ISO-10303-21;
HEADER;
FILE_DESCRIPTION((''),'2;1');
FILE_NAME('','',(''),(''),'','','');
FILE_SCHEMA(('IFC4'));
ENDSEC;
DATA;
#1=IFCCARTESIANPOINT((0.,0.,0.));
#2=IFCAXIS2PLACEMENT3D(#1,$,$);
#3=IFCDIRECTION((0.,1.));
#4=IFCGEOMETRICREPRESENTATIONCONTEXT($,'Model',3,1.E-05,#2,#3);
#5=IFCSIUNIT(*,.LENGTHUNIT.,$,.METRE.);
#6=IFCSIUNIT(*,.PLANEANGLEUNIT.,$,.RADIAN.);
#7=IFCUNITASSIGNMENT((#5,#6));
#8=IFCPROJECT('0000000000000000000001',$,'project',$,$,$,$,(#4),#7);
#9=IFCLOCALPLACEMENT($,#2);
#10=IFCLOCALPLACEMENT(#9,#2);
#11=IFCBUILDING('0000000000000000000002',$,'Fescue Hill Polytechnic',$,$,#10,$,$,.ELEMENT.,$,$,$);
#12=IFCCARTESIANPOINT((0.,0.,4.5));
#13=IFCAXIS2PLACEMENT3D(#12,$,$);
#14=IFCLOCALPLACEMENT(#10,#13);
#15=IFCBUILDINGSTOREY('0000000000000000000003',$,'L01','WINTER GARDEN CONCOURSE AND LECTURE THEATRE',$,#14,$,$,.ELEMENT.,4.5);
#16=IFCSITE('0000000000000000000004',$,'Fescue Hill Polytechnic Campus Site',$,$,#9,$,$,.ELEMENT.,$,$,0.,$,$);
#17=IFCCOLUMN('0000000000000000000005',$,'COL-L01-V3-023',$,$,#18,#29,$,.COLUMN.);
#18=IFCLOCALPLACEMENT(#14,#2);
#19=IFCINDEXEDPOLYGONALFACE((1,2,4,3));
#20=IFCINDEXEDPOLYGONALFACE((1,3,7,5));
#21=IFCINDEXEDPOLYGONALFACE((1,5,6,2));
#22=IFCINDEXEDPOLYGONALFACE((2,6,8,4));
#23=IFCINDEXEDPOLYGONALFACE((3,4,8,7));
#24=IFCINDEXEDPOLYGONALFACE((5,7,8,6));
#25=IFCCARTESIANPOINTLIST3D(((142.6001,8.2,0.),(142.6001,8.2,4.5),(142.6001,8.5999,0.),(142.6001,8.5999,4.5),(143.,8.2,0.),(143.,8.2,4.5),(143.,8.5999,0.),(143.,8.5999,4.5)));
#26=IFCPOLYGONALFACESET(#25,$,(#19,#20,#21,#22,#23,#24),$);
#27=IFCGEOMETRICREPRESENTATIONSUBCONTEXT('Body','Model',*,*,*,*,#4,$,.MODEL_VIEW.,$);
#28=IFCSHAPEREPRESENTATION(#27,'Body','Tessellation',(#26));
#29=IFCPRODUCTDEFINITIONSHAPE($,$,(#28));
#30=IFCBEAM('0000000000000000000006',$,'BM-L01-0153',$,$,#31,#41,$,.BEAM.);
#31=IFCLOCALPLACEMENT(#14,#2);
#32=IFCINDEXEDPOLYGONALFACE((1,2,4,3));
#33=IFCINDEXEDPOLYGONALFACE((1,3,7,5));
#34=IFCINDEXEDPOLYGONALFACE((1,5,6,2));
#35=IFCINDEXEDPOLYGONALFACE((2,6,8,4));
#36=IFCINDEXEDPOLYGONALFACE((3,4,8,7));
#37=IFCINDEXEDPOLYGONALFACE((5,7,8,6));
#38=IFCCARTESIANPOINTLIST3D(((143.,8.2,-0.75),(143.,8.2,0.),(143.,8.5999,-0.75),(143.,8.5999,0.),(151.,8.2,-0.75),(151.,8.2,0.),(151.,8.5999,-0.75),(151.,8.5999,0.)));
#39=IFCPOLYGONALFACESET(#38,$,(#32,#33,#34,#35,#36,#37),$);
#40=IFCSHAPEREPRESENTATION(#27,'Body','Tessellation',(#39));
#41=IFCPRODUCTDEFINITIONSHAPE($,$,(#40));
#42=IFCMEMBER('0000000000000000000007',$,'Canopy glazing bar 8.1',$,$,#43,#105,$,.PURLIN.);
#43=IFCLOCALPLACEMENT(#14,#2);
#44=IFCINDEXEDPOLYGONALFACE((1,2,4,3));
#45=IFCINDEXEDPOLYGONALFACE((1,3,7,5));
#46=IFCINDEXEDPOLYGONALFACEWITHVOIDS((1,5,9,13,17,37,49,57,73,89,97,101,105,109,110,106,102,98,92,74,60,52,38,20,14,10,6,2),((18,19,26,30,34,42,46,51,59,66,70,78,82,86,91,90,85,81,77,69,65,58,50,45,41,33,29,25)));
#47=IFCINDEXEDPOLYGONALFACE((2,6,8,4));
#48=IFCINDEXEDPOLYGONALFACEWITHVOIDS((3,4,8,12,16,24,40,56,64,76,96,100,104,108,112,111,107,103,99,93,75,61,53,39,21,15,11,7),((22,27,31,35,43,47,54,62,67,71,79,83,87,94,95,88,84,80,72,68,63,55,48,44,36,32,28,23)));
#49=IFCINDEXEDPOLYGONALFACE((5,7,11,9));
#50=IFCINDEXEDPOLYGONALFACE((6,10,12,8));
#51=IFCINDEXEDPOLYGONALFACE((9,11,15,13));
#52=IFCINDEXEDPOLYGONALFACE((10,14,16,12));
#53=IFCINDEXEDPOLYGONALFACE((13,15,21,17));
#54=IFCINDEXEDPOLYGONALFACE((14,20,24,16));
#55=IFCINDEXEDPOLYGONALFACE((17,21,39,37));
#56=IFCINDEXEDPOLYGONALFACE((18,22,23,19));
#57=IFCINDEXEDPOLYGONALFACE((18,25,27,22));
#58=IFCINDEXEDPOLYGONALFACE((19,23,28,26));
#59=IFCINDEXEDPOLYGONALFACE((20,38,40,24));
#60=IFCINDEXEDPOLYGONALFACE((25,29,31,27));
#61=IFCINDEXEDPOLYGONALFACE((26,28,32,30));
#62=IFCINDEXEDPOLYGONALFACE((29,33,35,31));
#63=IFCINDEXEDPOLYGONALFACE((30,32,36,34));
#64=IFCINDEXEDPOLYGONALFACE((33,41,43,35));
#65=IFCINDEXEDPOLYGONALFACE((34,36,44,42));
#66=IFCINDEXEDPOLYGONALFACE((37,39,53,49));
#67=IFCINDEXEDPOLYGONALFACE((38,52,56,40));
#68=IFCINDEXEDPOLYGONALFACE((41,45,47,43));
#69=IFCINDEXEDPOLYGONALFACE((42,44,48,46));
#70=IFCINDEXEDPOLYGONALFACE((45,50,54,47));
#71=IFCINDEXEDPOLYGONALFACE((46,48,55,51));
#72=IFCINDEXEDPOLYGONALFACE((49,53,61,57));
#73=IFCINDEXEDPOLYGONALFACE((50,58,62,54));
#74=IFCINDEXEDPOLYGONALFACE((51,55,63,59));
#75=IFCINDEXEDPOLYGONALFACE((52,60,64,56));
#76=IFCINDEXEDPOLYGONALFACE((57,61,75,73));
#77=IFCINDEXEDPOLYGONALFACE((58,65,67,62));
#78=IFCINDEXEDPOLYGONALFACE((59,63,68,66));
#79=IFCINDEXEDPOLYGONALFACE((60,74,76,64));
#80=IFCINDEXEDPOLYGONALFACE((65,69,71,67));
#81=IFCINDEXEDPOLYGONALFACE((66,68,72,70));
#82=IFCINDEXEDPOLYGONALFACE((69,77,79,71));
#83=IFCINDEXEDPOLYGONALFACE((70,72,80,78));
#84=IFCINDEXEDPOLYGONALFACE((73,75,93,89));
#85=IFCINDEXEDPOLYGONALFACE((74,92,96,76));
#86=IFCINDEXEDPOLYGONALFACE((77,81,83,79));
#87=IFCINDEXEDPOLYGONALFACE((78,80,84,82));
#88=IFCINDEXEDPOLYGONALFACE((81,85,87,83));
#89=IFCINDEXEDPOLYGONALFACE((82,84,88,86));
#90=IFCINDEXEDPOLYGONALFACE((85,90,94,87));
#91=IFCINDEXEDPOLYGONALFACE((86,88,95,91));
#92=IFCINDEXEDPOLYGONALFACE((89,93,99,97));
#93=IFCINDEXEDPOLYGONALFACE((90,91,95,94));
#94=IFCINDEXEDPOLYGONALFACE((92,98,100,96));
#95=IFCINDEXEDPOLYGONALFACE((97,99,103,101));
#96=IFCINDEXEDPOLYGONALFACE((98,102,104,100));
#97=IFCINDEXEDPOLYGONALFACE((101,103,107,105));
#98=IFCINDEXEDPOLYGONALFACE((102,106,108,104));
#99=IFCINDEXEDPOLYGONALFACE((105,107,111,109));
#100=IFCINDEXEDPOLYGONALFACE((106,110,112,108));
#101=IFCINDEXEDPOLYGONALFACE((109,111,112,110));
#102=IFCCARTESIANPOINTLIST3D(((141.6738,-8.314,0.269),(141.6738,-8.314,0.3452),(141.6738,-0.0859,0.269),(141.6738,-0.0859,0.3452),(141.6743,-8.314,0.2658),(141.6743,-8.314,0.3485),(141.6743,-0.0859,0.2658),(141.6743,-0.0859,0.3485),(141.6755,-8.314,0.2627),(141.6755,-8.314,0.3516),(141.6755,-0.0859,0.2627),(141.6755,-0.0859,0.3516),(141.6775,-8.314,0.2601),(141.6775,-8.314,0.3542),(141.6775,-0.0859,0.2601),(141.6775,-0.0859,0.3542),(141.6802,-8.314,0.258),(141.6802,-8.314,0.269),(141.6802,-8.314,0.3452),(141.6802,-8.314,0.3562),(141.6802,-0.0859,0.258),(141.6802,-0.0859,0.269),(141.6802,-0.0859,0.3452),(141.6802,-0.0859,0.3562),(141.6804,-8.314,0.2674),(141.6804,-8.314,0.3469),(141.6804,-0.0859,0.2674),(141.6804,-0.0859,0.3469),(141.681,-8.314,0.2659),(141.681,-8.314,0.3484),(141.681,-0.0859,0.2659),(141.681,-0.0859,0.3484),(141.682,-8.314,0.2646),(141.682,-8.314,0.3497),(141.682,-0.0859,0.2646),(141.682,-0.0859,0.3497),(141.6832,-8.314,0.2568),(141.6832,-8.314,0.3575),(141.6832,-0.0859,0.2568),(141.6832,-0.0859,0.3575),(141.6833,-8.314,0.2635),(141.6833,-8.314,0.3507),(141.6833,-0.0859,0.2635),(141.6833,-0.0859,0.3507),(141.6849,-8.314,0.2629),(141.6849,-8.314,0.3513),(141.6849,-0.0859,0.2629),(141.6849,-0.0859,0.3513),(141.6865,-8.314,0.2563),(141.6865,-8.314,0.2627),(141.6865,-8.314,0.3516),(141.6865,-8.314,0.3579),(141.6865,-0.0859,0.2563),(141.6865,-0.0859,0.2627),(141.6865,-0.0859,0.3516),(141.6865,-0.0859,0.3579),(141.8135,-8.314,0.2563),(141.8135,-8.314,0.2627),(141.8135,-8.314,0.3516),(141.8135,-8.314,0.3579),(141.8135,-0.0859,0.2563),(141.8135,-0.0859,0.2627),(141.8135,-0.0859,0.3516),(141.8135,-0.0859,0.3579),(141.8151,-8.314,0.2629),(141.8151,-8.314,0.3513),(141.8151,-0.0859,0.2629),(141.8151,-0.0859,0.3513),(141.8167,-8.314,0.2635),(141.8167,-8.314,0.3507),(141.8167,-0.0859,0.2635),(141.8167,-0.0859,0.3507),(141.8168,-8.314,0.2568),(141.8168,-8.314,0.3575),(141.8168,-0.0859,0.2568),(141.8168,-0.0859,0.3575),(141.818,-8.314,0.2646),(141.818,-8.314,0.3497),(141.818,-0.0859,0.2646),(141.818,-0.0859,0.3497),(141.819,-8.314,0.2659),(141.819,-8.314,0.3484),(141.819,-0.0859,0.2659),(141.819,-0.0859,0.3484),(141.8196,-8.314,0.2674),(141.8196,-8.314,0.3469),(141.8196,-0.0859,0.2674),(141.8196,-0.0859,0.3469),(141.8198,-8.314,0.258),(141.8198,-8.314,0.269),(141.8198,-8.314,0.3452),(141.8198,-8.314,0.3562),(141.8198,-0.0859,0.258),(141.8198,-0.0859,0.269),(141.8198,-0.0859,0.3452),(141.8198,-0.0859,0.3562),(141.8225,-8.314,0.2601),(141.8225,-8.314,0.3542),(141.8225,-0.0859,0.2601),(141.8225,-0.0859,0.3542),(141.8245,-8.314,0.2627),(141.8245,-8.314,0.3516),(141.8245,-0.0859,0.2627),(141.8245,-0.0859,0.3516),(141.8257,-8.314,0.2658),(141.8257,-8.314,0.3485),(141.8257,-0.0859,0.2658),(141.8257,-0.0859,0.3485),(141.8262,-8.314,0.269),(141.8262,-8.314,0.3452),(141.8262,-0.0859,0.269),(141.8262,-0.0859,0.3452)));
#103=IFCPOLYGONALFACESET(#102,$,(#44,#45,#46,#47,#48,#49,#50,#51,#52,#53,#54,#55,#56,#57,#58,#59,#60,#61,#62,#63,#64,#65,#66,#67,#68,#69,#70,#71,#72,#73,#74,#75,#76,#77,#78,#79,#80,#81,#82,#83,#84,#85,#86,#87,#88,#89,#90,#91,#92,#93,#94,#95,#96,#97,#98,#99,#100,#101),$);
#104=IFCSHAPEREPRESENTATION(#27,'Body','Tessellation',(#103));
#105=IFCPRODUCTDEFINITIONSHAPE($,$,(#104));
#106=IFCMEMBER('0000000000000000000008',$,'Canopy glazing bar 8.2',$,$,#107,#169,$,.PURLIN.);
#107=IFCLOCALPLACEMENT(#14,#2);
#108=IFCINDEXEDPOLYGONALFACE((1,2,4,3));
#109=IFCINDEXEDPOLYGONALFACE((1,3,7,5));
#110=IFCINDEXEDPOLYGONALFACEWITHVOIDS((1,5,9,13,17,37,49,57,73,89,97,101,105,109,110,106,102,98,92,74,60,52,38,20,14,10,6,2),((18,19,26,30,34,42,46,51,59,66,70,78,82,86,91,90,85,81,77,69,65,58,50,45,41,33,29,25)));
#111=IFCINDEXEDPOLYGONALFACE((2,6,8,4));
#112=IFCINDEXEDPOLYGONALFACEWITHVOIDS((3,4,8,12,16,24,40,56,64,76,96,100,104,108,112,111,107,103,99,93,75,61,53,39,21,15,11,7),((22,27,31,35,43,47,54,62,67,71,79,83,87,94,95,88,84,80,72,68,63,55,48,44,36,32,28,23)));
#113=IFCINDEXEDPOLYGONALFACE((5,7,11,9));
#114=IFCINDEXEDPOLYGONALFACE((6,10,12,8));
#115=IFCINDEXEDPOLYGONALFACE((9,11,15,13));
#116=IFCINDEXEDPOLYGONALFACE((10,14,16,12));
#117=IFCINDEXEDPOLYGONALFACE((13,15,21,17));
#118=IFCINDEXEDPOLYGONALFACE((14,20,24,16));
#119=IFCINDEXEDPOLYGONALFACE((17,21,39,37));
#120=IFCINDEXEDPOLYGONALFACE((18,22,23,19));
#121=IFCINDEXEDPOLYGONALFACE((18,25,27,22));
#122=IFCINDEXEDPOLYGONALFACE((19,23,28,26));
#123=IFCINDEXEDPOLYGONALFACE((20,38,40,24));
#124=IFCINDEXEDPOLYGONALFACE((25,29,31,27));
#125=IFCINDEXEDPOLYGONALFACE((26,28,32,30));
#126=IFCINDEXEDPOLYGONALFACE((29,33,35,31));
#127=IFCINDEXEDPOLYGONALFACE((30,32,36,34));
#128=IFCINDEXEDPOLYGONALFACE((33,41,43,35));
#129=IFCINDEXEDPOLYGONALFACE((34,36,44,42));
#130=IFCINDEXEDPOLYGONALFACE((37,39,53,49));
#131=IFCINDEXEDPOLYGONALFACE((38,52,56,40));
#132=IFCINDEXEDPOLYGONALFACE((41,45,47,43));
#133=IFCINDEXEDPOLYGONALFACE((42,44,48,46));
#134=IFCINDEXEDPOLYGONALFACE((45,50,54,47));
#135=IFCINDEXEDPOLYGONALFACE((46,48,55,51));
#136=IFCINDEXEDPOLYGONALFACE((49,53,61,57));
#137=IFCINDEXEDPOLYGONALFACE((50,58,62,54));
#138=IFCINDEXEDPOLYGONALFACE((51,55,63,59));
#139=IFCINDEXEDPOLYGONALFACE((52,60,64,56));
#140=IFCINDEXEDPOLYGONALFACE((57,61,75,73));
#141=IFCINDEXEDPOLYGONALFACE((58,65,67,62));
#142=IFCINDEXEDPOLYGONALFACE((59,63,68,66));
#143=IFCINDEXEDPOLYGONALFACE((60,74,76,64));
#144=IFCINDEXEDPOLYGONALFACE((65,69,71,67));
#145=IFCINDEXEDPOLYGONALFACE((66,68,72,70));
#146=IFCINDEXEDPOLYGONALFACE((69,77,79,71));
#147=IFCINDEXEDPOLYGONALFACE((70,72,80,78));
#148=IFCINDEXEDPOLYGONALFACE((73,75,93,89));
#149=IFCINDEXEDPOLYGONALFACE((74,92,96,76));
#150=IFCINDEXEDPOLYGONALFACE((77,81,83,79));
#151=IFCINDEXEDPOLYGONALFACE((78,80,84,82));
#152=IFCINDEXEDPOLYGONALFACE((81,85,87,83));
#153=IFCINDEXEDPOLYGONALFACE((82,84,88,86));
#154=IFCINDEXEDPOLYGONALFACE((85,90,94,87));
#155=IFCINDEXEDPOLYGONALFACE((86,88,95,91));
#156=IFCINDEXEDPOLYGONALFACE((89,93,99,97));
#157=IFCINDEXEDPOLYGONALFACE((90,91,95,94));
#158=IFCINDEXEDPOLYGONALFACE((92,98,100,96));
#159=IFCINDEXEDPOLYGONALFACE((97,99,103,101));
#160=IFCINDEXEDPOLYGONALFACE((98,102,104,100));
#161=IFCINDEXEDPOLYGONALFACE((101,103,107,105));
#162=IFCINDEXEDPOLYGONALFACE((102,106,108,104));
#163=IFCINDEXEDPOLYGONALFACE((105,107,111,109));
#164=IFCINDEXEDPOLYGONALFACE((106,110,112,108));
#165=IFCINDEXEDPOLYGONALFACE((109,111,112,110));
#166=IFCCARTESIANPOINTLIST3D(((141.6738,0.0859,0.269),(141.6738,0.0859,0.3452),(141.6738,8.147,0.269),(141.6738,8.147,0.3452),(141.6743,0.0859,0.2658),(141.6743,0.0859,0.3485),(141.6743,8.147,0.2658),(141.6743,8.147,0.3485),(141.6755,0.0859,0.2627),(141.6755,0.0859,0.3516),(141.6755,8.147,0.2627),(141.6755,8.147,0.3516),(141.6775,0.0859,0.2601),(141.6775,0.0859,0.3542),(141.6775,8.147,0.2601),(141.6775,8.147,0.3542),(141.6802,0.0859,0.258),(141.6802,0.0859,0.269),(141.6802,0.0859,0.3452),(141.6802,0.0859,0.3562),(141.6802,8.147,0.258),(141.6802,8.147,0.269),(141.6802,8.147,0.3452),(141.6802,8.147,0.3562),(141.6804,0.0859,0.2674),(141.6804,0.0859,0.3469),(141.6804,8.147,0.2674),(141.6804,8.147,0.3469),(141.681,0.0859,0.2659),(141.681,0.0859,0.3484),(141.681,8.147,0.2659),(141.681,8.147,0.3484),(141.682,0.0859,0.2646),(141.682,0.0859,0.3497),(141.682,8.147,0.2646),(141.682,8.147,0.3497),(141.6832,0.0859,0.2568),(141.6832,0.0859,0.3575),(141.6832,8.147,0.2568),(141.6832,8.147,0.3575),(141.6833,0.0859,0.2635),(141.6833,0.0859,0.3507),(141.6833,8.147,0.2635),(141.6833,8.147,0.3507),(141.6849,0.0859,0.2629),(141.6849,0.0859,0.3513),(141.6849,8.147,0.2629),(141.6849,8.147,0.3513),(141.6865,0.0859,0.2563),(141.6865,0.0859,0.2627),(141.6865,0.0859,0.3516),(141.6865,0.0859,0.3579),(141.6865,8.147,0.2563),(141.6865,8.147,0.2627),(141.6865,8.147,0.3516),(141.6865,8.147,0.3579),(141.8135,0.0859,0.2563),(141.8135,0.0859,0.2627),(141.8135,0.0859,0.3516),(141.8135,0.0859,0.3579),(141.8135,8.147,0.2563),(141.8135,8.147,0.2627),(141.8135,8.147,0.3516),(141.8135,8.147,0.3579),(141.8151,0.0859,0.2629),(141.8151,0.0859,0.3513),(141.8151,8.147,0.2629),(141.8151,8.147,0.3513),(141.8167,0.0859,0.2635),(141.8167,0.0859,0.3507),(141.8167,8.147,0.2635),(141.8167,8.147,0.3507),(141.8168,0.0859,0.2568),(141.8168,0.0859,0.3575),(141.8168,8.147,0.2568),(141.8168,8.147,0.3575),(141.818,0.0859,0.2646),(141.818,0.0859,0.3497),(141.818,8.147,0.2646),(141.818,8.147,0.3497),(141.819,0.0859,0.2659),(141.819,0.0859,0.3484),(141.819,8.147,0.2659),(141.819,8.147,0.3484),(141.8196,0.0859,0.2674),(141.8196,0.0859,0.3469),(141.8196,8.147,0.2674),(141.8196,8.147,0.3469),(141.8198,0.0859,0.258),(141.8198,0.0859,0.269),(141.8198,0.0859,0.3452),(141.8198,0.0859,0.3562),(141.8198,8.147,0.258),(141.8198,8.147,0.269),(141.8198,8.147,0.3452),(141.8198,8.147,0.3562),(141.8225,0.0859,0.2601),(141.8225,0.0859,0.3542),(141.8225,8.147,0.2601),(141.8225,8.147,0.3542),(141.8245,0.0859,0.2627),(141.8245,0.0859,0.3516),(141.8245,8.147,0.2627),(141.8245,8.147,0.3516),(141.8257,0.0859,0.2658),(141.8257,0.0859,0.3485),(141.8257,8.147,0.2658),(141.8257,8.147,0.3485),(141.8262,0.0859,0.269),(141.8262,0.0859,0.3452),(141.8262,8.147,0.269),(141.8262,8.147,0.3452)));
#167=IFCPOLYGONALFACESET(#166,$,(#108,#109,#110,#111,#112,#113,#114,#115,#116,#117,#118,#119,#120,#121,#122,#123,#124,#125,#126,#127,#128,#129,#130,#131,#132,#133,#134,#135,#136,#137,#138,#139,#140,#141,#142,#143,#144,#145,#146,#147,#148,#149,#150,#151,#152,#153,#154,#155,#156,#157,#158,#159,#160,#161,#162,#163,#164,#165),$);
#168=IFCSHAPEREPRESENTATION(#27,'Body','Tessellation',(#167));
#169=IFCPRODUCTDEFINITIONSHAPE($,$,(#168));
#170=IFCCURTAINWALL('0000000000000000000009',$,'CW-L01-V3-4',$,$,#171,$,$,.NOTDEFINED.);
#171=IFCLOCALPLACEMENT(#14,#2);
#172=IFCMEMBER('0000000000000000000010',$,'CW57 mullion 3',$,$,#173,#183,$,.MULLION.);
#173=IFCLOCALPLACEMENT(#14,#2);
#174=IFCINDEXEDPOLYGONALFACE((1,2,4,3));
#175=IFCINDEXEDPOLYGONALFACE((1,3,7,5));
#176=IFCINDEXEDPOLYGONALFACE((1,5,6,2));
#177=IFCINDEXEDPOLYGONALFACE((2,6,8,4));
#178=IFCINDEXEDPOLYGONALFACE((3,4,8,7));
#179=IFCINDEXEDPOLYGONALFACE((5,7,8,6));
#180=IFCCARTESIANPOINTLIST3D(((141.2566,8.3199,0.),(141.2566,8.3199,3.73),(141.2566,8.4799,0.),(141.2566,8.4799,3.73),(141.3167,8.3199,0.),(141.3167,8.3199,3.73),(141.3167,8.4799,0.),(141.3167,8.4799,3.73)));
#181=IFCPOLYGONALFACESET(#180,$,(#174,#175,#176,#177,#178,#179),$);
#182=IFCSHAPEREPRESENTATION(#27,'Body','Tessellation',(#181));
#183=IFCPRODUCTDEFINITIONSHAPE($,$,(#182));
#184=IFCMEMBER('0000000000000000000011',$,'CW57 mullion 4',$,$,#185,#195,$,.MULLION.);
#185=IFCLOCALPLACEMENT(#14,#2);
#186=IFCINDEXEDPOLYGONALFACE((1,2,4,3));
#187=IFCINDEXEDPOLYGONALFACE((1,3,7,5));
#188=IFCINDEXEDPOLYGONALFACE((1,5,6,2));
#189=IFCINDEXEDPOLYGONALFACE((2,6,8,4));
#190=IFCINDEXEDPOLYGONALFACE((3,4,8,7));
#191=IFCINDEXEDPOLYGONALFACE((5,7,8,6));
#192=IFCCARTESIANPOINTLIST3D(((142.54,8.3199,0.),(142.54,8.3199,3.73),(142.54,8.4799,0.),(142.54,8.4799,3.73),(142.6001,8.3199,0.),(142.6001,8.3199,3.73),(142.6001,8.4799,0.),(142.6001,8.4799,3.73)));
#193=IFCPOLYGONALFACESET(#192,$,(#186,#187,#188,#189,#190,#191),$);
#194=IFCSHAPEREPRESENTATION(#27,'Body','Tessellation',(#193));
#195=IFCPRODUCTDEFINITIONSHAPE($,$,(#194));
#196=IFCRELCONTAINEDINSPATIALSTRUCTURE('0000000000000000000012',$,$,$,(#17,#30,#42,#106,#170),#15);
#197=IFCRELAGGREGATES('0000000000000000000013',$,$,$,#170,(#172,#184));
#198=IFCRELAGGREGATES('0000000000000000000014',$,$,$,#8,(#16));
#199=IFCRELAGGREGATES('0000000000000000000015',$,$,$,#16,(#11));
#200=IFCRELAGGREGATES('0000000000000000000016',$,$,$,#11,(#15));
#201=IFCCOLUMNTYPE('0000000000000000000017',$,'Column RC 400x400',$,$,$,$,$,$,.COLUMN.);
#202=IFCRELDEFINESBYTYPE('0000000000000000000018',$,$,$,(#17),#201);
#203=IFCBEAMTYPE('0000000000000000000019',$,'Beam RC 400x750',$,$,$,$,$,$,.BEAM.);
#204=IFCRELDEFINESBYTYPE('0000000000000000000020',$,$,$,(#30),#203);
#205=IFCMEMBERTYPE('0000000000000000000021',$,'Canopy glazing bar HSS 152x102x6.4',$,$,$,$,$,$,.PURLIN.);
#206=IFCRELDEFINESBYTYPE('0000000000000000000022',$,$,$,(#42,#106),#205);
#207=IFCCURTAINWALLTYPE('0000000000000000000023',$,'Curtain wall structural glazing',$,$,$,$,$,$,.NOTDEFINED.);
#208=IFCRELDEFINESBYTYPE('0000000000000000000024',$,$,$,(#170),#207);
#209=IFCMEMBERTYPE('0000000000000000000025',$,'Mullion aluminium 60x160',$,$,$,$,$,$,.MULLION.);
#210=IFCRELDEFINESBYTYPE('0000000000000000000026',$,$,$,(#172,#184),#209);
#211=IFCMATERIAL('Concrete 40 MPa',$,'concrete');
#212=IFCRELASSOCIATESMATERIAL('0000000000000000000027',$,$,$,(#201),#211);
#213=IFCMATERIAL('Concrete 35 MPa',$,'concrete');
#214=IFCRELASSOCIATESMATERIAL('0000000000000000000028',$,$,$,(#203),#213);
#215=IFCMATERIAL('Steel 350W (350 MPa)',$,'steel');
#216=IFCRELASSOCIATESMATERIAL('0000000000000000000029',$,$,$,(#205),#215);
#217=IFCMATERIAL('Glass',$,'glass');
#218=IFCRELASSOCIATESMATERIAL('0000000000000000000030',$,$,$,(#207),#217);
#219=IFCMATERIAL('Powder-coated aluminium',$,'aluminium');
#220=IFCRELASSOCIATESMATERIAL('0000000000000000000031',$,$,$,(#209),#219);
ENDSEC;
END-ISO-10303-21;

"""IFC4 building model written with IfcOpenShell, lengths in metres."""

from ifc_helpers import new_model, si_unit, direction, frame, origin, origin_2d, place, context, subcontext, project, spatial, rectangle, hollow_rectangle, extrude, material, material_profile, profile_set, type_object, element, aggregate, save


model = new_model("IFC4")

# Units and contexts
model_context = context("Model", 3, precision=1e-05, world=origin(), true_north=direction((0.0, 1.0)))
body_context = subcontext(model_context, "Body", "Model", "MODEL_VIEW")
ifc_project = project(units=[si_unit("LENGTHUNIT", "METRE"), si_unit("PLANEANGLEUNIT", "RADIAN")], contexts=[model_context])

# Site, building, storey
site_placement = place(None, origin())
site = spatial("IfcSite", under=ifc_project, at=site_placement, Name="Fescue Hill Polytechnic Campus Site", CompositionType="ELEMENT", RefElevation=0.0)
building_placement = place(site_placement, origin())
building = spatial("IfcBuilding", under=site, at=building_placement, Name="Fescue Hill Polytechnic", CompositionType="ELEMENT")
storey_placement = place(building_placement, frame((0.0, 0.0, 4.5)))
storey = spatial("IfcBuildingStorey", under=building, at=storey_placement, Name="L01", Description="WINTER GARDEN CONCOURSE AND LECTURE THEATRE", CompositionType="ELEMENT", Elevation=4.5)

# Column
ifc_material_1 = material(Name="Concrete 40 MPa", Category="concrete")
ifc_material_profile_1 = material_profile(ifc_material_1, rectangle(XDim=0.3999, YDim=0.3999, at=origin_2d()), Name="RC 400x400")
ifc_profile_set_1 = profile_set([ifc_material_profile_1], Name="Concrete 40 MPa")
column_type = type_object("IfcColumnType", Name="Column RC 400x400", PredefinedType="COLUMN", material=ifc_profile_set_1)
column_placement = place(storey_placement, frame((142.8, 8.3999, 0.0), z_axis=(0.0, 0.0, 1.0), x_axis=(1.0, 0.0, 0.0)))
element("IfcColumn", 1, at=column_placement, inside=storey, type_object=column_type, Name="COL-L01-V3-023", PredefinedType="COLUMN", context=body_context, shape_type="SweptSolid", body=[
    extrude(rectangle(XDim=0.3999, YDim=0.3999, at=origin_2d()), origin(), (0.0, 0.0, 1.0), 4.5),
])

# Beam
ifc_material_2 = material(Name="Concrete 35 MPa", Category="concrete")
ifc_material_profile_2 = material_profile(ifc_material_2, rectangle(XDim=0.3999, YDim=0.75, at=origin_2d()), Name="RC 400x750")
ifc_profile_set_2 = profile_set([ifc_material_profile_2], Name="Concrete 35 MPa")
beam_type = type_object("IfcBeamType", Name="Beam RC 400x750", PredefinedType="BEAM", material=ifc_profile_set_2)
beam_placement = place(storey_placement, frame((143.0, 8.3999, -0.375), z_axis=(1.0, 0.0, 0.0), x_axis=(0.0, 1.0, 0.0)))
element("IfcBeam", 2, at=beam_placement, inside=storey, type_object=beam_type, Name="BM-L01-0153", PredefinedType="BEAM", context=body_context, shape_type="SweptSolid", body=[
    extrude(rectangle(XDim=0.3999, YDim=0.75, at=origin_2d()), origin(), (0.0, 0.0, 1.0), 8.0),
])

# Members
ifc_material_3 = material(Name="Steel 350W (350 MPa)", Category="steel")
ifc_material_profile_3 = material_profile(ifc_material_3, hollow_rectangle(XDim=0.1016, YDim=0.1523, WallThickness=0.0063, InnerFilletRadius=0.0063, OuterFilletRadius=0.0127, at=origin_2d()), Name="Canopy glazing bar HSS 152x102x6.4")
ifc_profile_set_3 = profile_set([ifc_material_profile_3], Name="Steel 350W (350 MPa)")
member_type_1 = type_object("IfcMemberType", Name="Canopy glazing bar HSS 152x102x6.4", PredefinedType="PURLIN", material=ifc_profile_set_3)
member_1_placement = place(storey_placement, frame((141.75, -8.314, 0.3071), z_axis=(0.0, 1.0, 0.0), x_axis=(0.0, 0.0, 1.0)))
element("IfcMember", 3, at=member_1_placement, inside=storey, type_object=member_type_1, Name="Canopy glazing bar 8.1", PredefinedType="PURLIN", context=body_context, shape_type="SweptSolid", body=[
    extrude(hollow_rectangle(XDim=0.1016, YDim=0.1523, WallThickness=0.0063, InnerFilletRadius=0.0063, OuterFilletRadius=0.0127, at=origin_2d()), origin(), (0.0, 0.0, 1.0), 8.228),
])
member_2_placement = place(storey_placement, frame((141.75, 0.0859, 0.3071), z_axis=(0.0, 1.0, 0.0), x_axis=(0.0, 0.0, 1.0)))
element("IfcMember", 4, at=member_2_placement, inside=storey, type_object=member_type_1, Name="Canopy glazing bar 8.2", PredefinedType="PURLIN", context=body_context, shape_type="SweptSolid", body=[
    extrude(hollow_rectangle(XDim=0.1016, YDim=0.1523, WallThickness=0.0063, InnerFilletRadius=0.0063, OuterFilletRadius=0.0127, at=origin_2d()), origin(), (0.0, 0.0, 1.0), 8.061),
])

# Curtain wall, members
ifc_material_4 = material(Name="Glass", Category="glass")
curtain_wall_type = type_object("IfcCurtainWallType", Name="Curtain wall structural glazing", PredefinedType="NOTDEFINED", material=ifc_material_4)
curtain_wall_1_placement = place(storey_placement, origin())
curtain_wall_1 = element("IfcCurtainWall", 5, at=curtain_wall_1_placement, inside=storey, type_object=curtain_wall_type, Name="CW-L01-V3-4", PredefinedType="NOTDEFINED")
ifc_material_5 = material(Name="Powder-coated aluminium", Category="aluminium")
ifc_material_profile_4 = material_profile(ifc_material_5, rectangle(XDim=0.1599, YDim=0.0601, at=origin_2d()), Name="Mullion aluminium 60x160")
ifc_profile_set_4 = profile_set([ifc_material_profile_4], Name="Powder-coated aluminium")
member_type_2 = type_object("IfcMemberType", Name="Mullion aluminium 60x160", PredefinedType="MULLION", material=ifc_profile_set_4)
member_3_placement = place(storey_placement, frame((141.2866, 8.3999, 0.0), z_axis=(0.0, 0.0, 1.0), x_axis=(0.0, 1.0, 0.0)))
member_3 = element("IfcMember", 6, at=member_3_placement, type_object=member_type_2, Name="CW57 mullion 3", PredefinedType="MULLION", context=body_context, shape_type="SweptSolid", body=[
    extrude(rectangle(XDim=0.1599, YDim=0.0601, at=origin_2d()), origin(), (0.0, 0.0, 1.0), 3.73),
])
member_4_placement = place(storey_placement, frame((142.5701, 8.3999, 0.0), z_axis=(0.0, 0.0, 1.0), x_axis=(0.0, 1.0, 0.0)))
member_4 = element("IfcMember", 7, at=member_4_placement, type_object=member_type_2, Name="CW57 mullion 4", PredefinedType="MULLION", context=body_context, shape_type="SweptSolid", body=[
    extrude(rectangle(XDim=0.1599, YDim=0.0601, at=origin_2d()), origin(), (0.0, 0.0, 1.0), 3.73),
])

aggregate(curtain_wall_1, [member_3, member_4])

save(model, "model.ifc")
